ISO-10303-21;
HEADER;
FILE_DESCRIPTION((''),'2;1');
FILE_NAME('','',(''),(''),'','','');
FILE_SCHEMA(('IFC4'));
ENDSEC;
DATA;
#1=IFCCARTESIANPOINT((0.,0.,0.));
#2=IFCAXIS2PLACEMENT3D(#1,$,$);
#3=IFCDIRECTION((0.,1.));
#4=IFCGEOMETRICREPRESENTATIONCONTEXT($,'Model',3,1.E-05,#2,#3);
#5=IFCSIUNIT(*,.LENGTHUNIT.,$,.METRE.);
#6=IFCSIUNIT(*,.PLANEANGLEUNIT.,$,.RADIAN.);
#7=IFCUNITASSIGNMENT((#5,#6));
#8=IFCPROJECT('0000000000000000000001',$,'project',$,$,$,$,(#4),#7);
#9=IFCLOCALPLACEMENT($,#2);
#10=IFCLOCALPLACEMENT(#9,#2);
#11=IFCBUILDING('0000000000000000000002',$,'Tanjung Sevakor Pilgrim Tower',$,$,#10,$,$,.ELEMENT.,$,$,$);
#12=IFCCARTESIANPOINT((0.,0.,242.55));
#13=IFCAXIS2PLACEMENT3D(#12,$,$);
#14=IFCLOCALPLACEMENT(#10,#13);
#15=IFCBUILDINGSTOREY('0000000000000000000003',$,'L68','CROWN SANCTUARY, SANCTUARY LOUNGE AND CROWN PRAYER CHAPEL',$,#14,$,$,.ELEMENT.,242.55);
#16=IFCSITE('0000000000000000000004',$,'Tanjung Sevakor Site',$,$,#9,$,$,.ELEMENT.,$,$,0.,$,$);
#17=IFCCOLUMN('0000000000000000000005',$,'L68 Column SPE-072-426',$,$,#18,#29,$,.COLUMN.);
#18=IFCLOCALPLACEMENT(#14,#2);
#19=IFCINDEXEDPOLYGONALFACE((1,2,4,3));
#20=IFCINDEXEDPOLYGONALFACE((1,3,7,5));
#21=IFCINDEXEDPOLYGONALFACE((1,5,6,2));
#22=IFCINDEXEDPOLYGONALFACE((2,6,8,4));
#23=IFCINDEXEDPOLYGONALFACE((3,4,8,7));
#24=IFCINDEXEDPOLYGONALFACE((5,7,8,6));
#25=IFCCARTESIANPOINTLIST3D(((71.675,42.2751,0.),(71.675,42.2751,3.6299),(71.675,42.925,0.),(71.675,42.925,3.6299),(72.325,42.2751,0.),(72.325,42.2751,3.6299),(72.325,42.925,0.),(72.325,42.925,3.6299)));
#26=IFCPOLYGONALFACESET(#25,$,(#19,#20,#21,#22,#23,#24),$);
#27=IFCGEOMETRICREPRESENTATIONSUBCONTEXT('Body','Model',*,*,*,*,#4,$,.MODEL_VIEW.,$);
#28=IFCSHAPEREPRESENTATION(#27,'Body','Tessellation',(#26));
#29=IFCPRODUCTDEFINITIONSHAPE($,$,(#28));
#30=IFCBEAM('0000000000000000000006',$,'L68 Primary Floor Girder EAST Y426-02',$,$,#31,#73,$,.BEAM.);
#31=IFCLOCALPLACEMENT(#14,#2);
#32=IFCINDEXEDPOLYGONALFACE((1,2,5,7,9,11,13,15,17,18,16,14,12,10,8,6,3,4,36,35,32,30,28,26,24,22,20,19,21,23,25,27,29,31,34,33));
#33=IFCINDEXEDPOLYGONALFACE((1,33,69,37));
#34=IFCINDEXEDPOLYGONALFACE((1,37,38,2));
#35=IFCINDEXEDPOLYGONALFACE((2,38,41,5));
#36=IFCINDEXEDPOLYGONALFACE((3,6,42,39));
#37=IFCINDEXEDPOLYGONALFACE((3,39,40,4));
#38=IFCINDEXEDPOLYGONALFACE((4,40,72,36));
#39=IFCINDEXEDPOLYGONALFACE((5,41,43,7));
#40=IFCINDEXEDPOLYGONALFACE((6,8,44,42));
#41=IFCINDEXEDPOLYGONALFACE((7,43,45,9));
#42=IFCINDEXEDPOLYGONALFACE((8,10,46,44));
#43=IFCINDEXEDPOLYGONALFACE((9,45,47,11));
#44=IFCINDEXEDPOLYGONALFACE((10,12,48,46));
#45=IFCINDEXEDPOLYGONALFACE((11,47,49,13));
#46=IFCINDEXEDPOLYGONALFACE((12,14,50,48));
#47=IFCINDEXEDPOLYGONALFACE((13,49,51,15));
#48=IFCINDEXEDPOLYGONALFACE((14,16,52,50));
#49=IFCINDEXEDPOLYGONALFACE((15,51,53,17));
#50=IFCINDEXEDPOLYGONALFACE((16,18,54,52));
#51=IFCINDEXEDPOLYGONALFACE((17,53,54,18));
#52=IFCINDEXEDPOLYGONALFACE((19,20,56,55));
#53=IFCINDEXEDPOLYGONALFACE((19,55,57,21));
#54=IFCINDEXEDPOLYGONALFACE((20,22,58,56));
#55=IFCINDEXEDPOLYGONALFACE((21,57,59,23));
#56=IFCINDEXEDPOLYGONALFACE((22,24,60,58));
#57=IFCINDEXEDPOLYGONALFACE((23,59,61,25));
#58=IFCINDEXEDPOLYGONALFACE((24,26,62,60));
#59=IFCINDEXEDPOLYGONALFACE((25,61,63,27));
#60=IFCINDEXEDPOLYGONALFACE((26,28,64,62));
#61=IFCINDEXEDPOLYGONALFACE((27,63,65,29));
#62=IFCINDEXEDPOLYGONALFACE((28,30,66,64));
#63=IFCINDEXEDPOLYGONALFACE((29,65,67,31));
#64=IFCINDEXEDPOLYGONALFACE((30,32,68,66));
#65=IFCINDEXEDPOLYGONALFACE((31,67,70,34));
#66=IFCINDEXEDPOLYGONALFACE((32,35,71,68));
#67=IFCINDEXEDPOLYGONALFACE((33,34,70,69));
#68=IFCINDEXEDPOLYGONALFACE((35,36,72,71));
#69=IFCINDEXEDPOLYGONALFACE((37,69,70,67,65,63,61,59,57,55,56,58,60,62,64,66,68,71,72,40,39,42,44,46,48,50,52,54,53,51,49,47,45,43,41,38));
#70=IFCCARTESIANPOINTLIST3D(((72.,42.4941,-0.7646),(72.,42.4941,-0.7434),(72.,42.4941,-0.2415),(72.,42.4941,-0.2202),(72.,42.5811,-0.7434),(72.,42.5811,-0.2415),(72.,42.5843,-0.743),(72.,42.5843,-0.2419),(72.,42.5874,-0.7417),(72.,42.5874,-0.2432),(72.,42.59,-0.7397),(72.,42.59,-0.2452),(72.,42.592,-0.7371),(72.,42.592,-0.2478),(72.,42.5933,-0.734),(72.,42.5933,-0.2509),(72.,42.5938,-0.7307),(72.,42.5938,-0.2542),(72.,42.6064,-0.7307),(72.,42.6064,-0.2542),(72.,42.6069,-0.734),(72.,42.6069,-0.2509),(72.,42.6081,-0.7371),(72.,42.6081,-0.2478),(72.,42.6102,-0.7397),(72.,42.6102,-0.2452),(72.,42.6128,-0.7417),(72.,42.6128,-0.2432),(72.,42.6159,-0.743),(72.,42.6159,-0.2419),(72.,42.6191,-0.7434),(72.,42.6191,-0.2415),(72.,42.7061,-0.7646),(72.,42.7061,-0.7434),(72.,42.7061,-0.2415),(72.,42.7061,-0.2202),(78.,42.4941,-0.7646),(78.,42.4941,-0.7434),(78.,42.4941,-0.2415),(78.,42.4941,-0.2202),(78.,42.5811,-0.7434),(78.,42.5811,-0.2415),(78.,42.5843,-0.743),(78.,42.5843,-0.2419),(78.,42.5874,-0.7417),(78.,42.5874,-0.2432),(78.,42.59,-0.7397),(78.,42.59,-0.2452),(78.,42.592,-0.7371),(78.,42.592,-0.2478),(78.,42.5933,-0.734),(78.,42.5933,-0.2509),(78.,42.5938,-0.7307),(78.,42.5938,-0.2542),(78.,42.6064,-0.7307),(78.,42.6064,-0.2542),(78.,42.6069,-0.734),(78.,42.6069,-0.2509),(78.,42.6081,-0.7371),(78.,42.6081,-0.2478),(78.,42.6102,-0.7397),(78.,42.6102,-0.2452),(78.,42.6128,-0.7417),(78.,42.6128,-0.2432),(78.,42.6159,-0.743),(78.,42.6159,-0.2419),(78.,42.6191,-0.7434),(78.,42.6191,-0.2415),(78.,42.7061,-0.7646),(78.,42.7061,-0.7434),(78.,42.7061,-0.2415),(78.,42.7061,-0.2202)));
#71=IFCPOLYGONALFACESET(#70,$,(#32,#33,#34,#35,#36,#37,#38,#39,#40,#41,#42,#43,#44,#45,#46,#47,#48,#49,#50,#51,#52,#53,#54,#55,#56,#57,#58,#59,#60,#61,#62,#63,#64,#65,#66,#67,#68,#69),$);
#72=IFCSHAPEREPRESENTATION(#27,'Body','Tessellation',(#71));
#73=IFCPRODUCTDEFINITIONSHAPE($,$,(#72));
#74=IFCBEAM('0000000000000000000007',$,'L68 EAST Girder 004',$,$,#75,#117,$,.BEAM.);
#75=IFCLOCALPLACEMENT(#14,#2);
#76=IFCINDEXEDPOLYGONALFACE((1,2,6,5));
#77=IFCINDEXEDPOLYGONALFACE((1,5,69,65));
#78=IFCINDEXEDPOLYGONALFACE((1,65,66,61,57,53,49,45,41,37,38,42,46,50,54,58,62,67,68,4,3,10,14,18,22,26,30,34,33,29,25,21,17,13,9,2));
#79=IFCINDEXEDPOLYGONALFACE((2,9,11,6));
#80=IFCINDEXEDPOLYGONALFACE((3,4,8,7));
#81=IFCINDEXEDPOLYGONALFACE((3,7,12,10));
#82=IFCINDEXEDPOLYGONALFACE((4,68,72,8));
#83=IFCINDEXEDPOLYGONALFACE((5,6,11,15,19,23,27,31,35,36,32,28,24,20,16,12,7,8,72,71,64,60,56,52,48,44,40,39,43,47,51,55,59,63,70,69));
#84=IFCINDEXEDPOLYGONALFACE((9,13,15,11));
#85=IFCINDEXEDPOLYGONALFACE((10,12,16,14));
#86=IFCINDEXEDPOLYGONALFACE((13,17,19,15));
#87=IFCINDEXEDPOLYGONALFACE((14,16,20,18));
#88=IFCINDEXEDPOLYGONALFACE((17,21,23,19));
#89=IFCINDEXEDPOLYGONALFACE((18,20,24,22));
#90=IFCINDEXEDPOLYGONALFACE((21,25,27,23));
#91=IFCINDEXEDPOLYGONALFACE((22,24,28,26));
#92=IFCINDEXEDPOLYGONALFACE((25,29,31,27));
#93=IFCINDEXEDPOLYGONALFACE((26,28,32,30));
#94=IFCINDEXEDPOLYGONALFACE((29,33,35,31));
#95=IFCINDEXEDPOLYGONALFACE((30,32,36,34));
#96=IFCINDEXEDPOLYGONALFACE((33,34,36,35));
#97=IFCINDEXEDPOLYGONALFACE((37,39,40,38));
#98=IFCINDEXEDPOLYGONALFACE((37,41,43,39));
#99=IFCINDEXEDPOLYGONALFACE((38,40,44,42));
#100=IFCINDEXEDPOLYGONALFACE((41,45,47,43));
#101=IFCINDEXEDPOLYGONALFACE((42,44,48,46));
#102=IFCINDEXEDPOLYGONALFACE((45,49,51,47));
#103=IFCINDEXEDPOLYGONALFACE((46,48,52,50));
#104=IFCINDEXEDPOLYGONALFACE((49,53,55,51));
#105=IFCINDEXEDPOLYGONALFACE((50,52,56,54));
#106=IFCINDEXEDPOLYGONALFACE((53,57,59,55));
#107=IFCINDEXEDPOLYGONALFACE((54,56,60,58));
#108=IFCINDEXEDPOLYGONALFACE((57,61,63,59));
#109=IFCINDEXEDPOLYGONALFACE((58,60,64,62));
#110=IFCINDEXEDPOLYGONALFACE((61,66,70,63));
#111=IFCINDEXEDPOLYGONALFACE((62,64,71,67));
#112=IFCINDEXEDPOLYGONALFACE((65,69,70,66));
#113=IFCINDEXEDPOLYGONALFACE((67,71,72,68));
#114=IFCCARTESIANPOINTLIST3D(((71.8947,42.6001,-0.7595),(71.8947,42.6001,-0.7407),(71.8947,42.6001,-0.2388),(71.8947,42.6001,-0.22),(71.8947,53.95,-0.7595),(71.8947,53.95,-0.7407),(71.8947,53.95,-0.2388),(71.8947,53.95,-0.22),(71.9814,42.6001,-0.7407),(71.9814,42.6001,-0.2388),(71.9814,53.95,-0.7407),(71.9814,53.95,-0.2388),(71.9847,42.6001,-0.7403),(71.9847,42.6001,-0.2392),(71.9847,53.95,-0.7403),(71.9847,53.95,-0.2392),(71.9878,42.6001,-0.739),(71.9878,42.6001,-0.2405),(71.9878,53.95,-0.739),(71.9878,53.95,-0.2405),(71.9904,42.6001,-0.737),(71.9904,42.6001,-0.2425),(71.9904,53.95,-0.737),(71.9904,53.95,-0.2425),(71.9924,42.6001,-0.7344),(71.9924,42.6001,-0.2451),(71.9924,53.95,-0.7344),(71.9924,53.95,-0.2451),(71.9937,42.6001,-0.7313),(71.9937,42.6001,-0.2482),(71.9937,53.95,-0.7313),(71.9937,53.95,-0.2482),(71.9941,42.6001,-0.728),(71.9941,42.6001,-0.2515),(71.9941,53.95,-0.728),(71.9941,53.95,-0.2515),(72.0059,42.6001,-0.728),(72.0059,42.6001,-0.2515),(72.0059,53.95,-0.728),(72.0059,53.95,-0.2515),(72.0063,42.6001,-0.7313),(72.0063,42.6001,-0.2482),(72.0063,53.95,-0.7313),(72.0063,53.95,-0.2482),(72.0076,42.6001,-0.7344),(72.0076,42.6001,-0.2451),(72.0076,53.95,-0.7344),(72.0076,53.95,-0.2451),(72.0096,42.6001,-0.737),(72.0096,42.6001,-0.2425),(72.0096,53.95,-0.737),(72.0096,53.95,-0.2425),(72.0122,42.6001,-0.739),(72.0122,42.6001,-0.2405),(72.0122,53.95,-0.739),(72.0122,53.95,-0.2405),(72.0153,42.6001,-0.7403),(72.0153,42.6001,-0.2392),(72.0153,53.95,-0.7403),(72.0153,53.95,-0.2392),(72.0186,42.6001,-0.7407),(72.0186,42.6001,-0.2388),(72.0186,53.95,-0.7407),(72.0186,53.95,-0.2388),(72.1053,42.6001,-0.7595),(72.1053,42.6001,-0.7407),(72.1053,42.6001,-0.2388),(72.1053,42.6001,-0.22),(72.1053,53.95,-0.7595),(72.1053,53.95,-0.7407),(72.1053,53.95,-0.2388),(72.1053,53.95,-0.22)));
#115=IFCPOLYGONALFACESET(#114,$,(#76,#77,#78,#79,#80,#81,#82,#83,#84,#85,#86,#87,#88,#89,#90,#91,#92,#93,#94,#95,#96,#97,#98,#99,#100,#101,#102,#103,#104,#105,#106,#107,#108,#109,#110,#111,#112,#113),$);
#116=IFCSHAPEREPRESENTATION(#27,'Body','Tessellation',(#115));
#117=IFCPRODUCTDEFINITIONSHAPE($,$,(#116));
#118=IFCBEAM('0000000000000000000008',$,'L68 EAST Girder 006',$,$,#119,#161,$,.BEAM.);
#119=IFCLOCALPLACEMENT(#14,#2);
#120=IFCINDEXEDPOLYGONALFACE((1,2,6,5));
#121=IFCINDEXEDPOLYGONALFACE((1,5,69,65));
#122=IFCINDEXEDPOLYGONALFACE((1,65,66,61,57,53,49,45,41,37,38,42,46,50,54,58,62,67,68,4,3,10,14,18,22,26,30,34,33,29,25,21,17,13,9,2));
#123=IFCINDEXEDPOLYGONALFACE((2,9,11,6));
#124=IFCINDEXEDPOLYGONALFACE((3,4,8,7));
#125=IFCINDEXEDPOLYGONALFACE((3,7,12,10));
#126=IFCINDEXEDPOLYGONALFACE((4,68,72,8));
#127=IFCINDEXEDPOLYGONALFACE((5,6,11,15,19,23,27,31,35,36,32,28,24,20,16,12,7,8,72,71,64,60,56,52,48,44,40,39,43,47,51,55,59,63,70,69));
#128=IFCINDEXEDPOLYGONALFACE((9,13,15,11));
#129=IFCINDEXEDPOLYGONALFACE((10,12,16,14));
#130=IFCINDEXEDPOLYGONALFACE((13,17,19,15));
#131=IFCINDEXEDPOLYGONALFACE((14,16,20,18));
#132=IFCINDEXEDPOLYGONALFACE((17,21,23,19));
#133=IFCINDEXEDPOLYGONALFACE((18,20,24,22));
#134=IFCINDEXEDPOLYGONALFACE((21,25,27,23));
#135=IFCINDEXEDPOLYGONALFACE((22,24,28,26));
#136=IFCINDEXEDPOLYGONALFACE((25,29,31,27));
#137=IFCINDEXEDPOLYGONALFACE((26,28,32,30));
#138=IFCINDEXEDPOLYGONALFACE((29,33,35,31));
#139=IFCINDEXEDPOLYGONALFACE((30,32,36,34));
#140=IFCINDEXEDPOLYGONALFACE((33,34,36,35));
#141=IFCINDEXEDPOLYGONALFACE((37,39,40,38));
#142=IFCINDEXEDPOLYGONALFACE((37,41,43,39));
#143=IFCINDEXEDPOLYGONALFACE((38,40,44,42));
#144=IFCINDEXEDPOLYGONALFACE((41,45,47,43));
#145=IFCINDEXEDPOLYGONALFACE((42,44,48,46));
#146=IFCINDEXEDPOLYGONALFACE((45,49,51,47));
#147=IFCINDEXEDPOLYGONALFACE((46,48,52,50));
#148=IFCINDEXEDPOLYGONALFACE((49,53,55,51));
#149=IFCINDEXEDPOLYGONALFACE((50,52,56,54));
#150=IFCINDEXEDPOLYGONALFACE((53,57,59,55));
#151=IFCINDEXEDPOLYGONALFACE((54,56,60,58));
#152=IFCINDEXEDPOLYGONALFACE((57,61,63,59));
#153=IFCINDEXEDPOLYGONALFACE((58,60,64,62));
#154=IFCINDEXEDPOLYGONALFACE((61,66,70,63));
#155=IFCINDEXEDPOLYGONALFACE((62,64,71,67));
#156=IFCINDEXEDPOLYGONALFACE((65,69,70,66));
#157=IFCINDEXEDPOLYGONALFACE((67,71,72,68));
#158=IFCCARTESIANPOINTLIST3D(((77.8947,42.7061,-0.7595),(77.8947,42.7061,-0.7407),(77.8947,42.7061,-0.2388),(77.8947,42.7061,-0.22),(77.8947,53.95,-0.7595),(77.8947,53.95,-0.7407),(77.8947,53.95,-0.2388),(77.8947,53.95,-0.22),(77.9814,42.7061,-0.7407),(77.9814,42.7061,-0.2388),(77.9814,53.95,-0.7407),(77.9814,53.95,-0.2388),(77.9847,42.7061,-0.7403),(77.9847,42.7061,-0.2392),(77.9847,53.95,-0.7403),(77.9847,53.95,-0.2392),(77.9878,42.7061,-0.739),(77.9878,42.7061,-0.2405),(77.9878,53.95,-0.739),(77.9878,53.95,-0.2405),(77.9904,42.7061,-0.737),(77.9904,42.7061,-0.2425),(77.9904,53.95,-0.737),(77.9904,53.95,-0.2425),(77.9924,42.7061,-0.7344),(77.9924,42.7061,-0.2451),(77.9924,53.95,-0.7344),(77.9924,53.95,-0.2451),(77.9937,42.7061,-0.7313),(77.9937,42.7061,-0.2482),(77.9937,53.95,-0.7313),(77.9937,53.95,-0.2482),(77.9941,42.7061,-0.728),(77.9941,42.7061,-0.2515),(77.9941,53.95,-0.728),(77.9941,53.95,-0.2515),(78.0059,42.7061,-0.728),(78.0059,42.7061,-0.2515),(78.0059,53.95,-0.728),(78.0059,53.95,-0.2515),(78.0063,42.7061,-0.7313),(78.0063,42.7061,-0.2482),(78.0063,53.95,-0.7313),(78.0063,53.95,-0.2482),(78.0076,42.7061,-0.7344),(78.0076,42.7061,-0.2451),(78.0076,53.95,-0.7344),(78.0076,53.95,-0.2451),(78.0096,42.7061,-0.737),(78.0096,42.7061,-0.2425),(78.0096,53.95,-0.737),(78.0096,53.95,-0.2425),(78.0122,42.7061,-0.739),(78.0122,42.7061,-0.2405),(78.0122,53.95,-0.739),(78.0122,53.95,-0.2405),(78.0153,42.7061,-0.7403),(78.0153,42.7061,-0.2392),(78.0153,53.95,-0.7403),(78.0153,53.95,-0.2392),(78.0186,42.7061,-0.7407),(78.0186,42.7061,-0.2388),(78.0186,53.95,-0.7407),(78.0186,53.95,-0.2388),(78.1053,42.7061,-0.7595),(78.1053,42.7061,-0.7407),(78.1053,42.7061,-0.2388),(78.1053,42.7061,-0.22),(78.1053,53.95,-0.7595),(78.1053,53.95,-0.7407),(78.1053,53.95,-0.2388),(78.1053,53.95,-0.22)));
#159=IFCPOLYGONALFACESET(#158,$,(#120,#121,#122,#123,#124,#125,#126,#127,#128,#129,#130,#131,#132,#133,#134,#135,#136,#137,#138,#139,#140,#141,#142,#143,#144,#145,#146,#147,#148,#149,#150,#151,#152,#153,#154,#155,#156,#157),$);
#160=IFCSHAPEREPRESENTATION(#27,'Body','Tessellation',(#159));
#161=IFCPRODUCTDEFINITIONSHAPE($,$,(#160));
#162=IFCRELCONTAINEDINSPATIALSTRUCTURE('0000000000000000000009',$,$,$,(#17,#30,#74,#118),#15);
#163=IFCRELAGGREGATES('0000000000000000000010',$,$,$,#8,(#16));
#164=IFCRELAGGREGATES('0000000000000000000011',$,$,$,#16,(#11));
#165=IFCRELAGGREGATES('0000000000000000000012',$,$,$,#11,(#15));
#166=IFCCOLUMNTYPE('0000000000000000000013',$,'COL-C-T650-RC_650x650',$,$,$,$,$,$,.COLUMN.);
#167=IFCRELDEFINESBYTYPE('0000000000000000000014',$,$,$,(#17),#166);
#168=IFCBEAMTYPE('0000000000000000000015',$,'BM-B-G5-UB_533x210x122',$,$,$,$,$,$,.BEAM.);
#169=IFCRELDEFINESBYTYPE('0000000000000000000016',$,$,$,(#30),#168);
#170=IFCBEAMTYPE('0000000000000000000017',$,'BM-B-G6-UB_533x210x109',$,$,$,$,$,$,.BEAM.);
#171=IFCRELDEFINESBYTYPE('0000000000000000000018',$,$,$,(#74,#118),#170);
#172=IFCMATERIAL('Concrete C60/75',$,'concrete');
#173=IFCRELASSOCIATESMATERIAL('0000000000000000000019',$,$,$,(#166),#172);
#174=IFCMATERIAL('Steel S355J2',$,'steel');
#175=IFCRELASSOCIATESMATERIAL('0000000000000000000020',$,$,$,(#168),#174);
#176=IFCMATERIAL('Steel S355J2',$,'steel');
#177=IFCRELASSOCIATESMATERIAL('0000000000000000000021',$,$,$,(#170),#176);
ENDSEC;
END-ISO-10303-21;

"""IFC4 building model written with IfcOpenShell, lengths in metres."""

from ifc_helpers import new_model, si_unit, direction, frame, origin, origin_2d, place, context, subcontext, project, spatial, rectangle, i_section, extrude, material, material_profile, profile_set, type_object, element, save


model = new_model("IFC4")

# Units and contexts
model_context = context("Model", 3, precision=1e-05, world=origin(), true_north=direction((0.0, 1.0)))
body_context = subcontext(model_context, "Body", "Model", "MODEL_VIEW")
ifc_project = project(units=[si_unit("LENGTHUNIT", "METRE"), si_unit("PLANEANGLEUNIT", "RADIAN")], contexts=[model_context])

# Site, building, storey
site_placement = place(None, origin())
site = spatial("IfcSite", under=ifc_project, at=site_placement, Name="Tanjung Sevakor Site", CompositionType="ELEMENT", RefElevation=0.0)
building_placement = place(site_placement, origin())
building = spatial("IfcBuilding", under=site, at=building_placement, Name="Tanjung Sevakor Pilgrim Tower", CompositionType="ELEMENT")
storey_placement = place(building_placement, frame((0.0, 0.0, 242.55)))
storey = spatial("IfcBuildingStorey", under=building, at=storey_placement, Name="L68", Description="CROWN SANCTUARY, SANCTUARY LOUNGE AND CROWN PRAYER CHAPEL", CompositionType="ELEMENT", Elevation=242.55)

# Column
ifc_material_1 = material(Name="Concrete C60/75", Category="concrete")
ifc_material_profile_1 = material_profile(ifc_material_1, rectangle(XDim=0.6499, YDim=0.6499, at=origin_2d()))
ifc_profile_set_1 = profile_set([ifc_material_profile_1], Name="Concrete C60/75")
column_type = type_object("IfcColumnType", Name="COL-C-T650-RC_650x650", PredefinedType="COLUMN", material=ifc_profile_set_1)
column_placement = place(storey_placement, frame((72.0, 42.6001, 0.0), z_axis=(0.0, 0.0, 1.0), x_axis=(1.0, 0.0, 0.0)))
element("IfcColumn", 1, at=column_placement, inside=storey, type_object=column_type, Name="L68 Column SPE-072-426", PredefinedType="COLUMN", context=body_context, shape_type="SweptSolid", body=[
    extrude(rectangle(XDim=0.6499, YDim=0.6499, at=origin_2d()), origin(), (0.0, 0.0, 1.0), 3.6299),
])

# Beams
ifc_material_2 = material(Name="Steel S355J2", Category="steel")
ifc_material_profile_2 = material_profile(ifc_material_2, i_section(OverallWidth=0.2119, OverallDepth=0.5444, WebThickness=0.0127, FlangeThickness=0.0212, FilletRadius=0.0127, at=origin_2d()))
ifc_profile_set_2 = profile_set([ifc_material_profile_2], Name="Steel S355J2")
beam_type_1 = type_object("IfcBeamType", Name="BM-B-G5-UB_533x210x122", PredefinedType="BEAM", material=ifc_profile_set_2)
beam_1_placement = place(storey_placement, frame((72.0, 42.6001, -0.4924), z_axis=(1.0, 0.0, 0.0), x_axis=(0.0, 1.0, 0.0)))
element("IfcBeam", 2, at=beam_1_placement, inside=storey, type_object=beam_type_1, Name="L68 Primary Floor Girder EAST Y426-02", PredefinedType="BEAM", context=body_context, shape_type="SweptSolid", body=[
    extrude(i_section(OverallWidth=0.2119, OverallDepth=0.5444, WebThickness=0.0127, FlangeThickness=0.0212, FilletRadius=0.0127, at=origin_2d()), origin(), (0.0, 0.0, 1.0), 6.0),
])
ifc_material_3 = material(Name="Steel S355J2", Category="steel")
ifc_material_profile_3 = material_profile(ifc_material_3, i_section(OverallWidth=0.2107, OverallDepth=0.5396, WebThickness=0.0117, FlangeThickness=0.0188, FilletRadius=0.0127, at=origin_2d()))
ifc_profile_set_3 = profile_set([ifc_material_profile_3], Name="Steel S355J2")
beam_type_2 = type_object("IfcBeamType", Name="BM-B-G6-UB_533x210x109", PredefinedType="BEAM", material=ifc_profile_set_3)
beam_2_placement = place(storey_placement, frame((72.0, 42.6001, -0.4897), z_axis=(0.0, 1.0, 0.0), x_axis=(-1.0, 0.0, 0.0)))
element("IfcBeam", 3, at=beam_2_placement, inside=storey, type_object=beam_type_2, Name="L68 EAST Girder 004", PredefinedType="BEAM", context=body_context, shape_type="SweptSolid", body=[
    extrude(i_section(OverallWidth=0.2107, OverallDepth=0.5396, WebThickness=0.0117, FlangeThickness=0.0188, FilletRadius=0.0127, at=origin_2d()), origin(), (0.0, 0.0, 1.0), 11.3499),
])
for number, where, z_axis, x_axis, name in (
    (4, (78.0, 42.7061, -0.4897), (0.0, 1.0, 0.0), (-1.0, 0.0, 0.0), "L68 EAST Girder 006"),
):
    element("IfcBeam", number, at=place(storey_placement, frame(where, z_axis=z_axis, x_axis=x_axis)), inside=storey, type_object=beam_type_2, Name=name, PredefinedType="BEAM", context=body_context, shape_type="SweptSolid", body=[
        extrude(i_section(OverallWidth=0.2107, OverallDepth=0.5396, WebThickness=0.0117, FlangeThickness=0.0188, FilletRadius=0.0127, at=origin_2d()), origin(), (0.0, 0.0, 1.0), 11.2439),
    ])

save(model, "model.ifc")
